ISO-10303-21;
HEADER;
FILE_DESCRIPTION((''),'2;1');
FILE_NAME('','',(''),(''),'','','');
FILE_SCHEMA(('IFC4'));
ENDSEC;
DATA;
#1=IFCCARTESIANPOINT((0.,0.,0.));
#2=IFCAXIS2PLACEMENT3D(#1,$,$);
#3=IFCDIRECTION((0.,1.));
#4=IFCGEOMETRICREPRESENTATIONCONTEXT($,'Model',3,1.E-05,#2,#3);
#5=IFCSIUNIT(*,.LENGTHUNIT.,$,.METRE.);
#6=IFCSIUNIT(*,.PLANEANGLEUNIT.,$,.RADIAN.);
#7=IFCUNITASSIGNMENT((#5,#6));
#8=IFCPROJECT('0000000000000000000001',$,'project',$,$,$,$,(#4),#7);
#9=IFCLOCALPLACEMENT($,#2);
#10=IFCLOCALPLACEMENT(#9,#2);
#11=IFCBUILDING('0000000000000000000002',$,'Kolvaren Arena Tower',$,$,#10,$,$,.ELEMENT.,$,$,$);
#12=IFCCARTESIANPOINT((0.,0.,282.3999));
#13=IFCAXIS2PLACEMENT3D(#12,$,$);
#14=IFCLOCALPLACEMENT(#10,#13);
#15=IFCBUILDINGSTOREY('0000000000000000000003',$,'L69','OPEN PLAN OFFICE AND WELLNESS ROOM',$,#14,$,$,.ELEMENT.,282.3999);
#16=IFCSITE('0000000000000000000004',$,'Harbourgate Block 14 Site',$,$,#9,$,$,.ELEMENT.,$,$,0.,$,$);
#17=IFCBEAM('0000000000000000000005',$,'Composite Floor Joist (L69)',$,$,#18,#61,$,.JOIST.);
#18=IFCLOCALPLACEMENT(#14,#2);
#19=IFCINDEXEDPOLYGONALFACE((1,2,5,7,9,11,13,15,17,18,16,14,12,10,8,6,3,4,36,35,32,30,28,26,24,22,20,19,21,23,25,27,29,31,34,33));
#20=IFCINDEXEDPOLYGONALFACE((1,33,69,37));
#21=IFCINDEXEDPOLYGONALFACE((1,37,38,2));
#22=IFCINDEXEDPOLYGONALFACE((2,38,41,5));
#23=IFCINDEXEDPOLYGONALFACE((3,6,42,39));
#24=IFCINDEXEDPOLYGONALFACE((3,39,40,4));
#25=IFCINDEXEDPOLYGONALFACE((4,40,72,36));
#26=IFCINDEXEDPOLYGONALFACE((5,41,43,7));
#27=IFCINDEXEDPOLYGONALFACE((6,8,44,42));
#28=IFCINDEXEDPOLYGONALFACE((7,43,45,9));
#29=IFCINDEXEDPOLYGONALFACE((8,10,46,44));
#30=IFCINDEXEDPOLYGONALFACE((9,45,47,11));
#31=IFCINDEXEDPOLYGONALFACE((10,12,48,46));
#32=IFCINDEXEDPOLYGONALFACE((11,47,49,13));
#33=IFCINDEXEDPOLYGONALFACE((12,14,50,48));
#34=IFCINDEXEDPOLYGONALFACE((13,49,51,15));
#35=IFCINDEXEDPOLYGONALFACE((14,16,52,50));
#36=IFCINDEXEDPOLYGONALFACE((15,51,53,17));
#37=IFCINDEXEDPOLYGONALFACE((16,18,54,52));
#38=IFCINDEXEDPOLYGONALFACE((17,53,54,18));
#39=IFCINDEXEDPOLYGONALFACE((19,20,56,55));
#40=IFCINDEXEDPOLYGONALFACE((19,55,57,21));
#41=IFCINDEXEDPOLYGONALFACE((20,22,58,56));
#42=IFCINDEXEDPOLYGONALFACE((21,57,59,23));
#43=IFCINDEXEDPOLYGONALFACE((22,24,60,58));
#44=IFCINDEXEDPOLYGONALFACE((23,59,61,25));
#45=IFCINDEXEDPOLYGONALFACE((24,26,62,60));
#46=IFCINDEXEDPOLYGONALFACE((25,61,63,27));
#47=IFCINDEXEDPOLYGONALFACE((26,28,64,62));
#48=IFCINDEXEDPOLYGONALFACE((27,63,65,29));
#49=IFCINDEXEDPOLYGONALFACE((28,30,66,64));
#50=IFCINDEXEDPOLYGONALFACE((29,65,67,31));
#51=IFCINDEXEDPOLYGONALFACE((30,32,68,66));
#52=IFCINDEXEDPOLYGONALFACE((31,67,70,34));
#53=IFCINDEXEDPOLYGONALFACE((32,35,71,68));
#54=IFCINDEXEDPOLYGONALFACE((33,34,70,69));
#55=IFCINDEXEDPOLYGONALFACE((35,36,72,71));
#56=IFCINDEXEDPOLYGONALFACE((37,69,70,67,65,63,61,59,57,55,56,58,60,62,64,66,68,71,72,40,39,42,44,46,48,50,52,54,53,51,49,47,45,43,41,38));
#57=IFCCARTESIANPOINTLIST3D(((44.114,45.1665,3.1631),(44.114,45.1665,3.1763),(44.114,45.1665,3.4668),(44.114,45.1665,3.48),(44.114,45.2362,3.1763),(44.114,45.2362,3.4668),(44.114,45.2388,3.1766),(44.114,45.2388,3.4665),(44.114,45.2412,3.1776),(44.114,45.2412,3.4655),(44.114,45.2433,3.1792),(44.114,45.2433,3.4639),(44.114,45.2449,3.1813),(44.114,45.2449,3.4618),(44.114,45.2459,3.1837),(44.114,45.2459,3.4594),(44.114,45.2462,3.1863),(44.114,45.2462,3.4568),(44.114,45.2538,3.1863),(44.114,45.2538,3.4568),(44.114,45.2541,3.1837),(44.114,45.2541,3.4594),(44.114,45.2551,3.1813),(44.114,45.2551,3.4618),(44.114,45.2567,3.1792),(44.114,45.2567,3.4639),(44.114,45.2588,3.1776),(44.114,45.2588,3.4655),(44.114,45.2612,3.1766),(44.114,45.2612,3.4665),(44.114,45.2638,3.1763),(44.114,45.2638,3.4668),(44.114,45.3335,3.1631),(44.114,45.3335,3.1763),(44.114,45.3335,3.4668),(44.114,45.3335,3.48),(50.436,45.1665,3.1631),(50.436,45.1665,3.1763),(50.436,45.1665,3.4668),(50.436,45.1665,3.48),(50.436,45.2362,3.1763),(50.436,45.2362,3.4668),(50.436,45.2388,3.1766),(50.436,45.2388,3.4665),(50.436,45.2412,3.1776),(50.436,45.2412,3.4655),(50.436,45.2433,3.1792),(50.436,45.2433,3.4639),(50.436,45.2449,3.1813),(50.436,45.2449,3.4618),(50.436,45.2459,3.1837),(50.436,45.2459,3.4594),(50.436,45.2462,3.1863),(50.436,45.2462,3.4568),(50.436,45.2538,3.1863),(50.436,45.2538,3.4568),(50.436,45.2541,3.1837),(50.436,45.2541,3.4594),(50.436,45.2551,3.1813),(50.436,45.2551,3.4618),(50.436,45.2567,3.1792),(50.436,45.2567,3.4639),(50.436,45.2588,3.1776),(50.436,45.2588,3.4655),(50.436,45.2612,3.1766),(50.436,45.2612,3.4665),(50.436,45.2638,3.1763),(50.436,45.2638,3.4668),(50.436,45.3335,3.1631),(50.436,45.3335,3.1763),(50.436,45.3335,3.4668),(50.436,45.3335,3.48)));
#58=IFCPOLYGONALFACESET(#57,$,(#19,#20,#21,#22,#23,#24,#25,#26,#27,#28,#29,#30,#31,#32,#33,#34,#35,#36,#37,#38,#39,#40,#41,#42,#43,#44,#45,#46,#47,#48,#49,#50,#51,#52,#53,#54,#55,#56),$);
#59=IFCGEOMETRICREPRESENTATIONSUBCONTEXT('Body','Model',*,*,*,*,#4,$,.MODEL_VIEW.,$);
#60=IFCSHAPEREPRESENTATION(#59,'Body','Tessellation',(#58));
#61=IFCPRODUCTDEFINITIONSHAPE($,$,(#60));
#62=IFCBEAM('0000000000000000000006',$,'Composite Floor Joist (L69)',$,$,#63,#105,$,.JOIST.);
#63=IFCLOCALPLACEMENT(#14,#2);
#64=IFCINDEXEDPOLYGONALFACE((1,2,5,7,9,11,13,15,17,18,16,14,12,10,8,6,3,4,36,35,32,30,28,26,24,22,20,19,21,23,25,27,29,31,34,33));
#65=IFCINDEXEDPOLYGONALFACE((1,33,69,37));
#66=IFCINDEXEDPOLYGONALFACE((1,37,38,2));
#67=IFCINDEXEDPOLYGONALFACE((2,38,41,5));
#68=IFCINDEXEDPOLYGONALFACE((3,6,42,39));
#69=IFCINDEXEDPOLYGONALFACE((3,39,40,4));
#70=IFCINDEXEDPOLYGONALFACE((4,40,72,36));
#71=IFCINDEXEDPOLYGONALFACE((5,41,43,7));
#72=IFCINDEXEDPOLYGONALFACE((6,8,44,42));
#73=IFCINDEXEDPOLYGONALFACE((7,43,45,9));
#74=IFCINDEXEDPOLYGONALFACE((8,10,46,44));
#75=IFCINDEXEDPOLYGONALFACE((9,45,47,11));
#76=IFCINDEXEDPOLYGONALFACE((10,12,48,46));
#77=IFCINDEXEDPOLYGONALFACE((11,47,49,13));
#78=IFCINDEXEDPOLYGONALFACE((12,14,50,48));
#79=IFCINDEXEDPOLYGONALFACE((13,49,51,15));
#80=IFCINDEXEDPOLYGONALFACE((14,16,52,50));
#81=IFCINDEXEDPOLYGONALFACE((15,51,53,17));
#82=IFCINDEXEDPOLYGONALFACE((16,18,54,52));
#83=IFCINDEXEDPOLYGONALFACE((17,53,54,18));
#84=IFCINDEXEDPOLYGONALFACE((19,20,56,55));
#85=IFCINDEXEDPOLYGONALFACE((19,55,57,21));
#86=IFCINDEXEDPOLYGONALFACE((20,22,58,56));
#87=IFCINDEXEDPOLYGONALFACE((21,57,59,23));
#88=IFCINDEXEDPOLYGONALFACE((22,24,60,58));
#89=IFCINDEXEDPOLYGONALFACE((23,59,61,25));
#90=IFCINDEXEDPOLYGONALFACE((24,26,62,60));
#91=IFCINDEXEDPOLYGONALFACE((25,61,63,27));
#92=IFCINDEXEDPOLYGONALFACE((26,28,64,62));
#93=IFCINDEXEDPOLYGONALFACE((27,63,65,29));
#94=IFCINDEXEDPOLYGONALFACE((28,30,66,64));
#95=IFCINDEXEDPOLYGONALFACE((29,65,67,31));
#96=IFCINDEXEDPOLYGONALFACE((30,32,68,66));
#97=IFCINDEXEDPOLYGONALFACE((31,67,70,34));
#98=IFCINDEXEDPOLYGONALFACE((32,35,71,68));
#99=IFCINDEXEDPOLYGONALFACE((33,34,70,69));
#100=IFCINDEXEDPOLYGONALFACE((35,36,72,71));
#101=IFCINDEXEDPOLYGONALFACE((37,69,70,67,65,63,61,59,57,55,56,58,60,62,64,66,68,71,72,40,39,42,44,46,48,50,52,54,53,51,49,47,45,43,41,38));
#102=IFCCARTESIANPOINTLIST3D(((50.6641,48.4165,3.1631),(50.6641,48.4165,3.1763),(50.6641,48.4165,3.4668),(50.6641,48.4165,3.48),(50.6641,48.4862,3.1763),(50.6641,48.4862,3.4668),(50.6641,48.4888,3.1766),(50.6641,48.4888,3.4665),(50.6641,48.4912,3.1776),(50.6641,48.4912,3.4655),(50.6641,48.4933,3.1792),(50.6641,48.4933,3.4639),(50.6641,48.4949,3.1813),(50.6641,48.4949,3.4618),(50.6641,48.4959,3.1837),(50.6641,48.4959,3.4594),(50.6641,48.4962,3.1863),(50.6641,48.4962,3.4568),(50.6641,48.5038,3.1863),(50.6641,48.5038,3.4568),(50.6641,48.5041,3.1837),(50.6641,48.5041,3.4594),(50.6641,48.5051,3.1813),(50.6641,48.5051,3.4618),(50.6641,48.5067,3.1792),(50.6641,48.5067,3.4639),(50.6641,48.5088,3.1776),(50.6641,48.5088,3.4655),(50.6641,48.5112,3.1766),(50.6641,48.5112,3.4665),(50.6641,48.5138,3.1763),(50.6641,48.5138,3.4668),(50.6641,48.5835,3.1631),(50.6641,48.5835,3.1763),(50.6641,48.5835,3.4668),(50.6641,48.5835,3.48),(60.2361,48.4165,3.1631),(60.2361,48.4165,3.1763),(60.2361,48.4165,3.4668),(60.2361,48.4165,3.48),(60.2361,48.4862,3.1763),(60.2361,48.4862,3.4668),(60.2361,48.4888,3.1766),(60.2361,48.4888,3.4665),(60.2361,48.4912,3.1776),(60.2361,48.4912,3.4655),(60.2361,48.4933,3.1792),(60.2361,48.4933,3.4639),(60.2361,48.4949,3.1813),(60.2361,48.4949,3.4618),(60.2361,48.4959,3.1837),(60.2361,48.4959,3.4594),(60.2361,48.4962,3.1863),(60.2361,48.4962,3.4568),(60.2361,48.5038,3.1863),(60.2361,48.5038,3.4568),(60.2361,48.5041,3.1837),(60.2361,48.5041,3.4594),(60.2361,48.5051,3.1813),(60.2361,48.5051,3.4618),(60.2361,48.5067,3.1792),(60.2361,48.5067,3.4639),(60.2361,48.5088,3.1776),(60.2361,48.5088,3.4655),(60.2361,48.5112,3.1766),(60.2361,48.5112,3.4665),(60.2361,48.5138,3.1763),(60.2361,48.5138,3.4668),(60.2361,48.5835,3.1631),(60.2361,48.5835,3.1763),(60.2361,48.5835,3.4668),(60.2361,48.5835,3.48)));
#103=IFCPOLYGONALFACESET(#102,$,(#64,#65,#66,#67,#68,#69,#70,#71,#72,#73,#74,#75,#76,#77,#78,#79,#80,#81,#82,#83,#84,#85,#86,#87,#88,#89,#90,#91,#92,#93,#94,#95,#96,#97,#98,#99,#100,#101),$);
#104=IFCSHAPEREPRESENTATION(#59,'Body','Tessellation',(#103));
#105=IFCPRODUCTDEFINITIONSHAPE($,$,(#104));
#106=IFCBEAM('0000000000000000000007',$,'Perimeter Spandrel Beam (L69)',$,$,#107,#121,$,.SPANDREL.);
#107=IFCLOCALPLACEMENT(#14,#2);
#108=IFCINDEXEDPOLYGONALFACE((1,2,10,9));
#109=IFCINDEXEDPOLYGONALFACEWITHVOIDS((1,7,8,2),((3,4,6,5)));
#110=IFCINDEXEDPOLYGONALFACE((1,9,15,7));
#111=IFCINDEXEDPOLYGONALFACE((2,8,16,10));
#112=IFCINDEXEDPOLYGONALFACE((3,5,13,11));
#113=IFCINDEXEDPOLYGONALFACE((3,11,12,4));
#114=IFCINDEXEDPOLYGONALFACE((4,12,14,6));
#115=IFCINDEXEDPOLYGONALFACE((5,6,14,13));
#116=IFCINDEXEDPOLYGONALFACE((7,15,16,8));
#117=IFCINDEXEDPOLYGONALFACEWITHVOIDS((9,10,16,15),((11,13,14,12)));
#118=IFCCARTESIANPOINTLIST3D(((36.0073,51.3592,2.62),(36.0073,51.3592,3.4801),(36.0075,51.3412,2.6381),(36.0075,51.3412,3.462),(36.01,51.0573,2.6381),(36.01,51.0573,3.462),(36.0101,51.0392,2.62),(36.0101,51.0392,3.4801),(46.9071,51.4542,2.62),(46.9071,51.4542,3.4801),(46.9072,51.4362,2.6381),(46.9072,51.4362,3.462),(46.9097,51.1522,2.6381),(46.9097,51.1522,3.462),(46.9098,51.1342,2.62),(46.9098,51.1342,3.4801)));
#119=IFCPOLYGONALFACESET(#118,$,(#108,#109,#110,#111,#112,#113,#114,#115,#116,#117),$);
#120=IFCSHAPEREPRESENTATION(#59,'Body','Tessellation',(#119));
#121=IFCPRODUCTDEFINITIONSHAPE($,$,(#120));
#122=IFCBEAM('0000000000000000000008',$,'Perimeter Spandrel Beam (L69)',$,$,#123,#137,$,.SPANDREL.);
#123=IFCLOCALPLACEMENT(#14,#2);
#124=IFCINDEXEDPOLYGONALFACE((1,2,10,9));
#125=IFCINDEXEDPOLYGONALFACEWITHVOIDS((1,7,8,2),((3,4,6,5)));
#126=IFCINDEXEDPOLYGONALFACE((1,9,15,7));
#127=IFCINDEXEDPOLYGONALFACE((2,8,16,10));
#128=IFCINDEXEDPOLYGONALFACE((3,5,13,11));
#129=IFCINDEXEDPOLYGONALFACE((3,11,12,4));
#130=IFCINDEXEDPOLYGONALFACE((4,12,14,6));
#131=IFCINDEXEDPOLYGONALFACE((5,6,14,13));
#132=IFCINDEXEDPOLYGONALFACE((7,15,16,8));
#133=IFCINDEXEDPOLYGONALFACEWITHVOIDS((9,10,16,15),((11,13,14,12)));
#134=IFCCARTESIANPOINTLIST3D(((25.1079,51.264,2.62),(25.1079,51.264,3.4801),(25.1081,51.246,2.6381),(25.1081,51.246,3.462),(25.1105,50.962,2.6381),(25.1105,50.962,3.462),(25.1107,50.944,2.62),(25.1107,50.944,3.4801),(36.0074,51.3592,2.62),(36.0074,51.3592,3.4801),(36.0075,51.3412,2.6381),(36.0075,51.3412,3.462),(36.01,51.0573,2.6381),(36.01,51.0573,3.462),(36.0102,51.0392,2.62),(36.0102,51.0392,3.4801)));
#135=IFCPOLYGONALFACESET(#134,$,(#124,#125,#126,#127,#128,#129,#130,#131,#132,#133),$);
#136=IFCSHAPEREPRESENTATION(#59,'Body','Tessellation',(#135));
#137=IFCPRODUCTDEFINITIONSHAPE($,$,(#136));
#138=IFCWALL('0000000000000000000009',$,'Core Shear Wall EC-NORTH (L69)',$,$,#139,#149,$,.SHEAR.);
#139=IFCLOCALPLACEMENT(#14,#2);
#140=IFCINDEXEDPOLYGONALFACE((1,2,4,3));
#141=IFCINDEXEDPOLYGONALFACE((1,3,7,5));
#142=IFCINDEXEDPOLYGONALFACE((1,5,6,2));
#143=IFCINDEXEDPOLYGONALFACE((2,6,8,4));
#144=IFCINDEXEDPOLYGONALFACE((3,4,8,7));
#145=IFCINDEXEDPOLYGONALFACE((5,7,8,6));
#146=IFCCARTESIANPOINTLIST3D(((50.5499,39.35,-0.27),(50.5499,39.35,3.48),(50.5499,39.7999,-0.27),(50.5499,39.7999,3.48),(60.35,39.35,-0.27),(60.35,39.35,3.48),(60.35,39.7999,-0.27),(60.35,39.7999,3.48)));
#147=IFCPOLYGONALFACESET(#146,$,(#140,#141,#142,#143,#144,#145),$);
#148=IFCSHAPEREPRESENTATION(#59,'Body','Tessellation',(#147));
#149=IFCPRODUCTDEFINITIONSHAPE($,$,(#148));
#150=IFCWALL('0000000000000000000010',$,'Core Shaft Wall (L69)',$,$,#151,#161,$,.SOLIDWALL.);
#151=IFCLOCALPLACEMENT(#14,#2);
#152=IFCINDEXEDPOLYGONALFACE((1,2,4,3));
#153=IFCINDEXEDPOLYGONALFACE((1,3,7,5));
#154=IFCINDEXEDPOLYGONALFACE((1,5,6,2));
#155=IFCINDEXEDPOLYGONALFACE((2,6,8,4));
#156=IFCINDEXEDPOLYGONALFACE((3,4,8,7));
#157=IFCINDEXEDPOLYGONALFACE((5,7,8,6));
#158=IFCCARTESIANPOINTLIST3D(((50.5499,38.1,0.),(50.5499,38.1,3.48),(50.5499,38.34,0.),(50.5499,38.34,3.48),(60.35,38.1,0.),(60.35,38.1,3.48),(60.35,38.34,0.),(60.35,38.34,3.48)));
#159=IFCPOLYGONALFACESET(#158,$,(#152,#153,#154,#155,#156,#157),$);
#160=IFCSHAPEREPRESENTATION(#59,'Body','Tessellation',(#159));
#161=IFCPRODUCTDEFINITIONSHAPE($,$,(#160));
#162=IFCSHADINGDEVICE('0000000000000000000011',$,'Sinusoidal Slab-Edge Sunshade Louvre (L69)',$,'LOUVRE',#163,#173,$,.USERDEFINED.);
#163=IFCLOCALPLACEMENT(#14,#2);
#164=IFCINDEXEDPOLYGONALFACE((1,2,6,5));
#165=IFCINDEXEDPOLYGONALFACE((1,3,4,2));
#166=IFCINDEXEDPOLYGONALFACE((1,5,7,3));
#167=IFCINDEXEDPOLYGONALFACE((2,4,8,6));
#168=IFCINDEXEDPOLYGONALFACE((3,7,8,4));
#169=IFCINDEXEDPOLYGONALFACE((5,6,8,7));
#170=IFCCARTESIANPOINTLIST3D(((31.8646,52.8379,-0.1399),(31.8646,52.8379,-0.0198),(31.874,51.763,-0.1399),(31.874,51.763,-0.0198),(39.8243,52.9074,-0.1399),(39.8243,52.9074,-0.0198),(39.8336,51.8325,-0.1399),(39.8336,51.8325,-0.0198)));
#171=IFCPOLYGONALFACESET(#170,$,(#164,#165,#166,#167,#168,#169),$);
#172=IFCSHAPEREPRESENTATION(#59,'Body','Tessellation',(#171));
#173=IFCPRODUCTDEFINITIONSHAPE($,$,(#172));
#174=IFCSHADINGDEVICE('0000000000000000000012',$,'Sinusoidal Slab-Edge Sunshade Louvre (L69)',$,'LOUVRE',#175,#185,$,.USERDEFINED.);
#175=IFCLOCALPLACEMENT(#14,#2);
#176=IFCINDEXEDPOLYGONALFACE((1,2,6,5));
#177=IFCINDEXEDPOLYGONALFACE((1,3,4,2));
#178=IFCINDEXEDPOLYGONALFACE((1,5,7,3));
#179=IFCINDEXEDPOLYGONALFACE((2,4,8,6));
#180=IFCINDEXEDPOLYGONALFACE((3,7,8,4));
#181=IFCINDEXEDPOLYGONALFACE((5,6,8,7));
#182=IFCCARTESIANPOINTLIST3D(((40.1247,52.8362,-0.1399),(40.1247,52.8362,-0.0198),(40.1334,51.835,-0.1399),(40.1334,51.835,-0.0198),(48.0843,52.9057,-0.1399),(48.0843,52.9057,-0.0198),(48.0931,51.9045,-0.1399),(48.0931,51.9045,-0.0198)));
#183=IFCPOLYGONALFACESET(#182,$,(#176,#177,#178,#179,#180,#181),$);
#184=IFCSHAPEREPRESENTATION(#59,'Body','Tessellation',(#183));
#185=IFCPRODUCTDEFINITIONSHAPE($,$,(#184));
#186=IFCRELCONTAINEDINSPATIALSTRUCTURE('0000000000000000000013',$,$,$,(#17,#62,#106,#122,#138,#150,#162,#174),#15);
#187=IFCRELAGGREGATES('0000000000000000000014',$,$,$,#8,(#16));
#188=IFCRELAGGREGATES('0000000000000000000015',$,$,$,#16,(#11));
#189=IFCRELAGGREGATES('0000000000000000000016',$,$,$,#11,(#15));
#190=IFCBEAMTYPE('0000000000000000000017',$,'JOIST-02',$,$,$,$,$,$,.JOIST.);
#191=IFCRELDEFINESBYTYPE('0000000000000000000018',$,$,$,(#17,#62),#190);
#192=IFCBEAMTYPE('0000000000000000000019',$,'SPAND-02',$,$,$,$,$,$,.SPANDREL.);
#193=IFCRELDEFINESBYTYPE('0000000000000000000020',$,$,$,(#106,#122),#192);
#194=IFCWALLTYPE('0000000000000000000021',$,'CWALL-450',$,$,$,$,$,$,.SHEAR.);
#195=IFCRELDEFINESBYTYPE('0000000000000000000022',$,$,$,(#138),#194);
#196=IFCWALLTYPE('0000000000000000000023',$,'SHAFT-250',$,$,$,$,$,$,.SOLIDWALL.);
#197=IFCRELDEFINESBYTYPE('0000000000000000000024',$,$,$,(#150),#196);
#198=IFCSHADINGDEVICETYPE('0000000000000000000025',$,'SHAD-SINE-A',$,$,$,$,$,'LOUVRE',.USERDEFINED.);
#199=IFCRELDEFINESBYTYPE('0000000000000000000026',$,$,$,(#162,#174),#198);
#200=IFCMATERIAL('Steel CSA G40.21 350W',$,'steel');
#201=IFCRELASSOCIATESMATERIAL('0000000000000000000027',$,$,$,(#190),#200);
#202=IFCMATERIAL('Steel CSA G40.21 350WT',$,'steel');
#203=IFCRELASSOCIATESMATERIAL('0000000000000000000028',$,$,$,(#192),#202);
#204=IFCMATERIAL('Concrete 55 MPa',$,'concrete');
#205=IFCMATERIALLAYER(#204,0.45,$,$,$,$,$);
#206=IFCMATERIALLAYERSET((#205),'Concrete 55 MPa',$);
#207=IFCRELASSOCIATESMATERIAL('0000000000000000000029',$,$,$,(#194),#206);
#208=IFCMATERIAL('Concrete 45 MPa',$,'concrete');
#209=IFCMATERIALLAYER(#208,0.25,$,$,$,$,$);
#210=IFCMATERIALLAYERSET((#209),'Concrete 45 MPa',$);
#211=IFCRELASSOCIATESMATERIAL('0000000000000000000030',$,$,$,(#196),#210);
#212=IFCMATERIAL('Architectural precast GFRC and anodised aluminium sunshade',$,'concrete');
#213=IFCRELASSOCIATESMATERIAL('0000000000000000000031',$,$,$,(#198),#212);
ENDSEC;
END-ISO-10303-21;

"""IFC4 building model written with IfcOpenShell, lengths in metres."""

from ifc_helpers import new_model, si_unit, direction, frame, frame_2d, origin, origin_2d, place, context, subcontext, project, spatial, rectangle, hollow_rectangle, i_section, extrude, material, layer, layer_set, material_profile, profile_set, type_object, element, save


model = new_model("IFC4")

# Units and contexts
model_context = context("Model", 3, precision=1e-05, world=origin(), true_north=direction((0.0, 1.0)))
body_context = subcontext(model_context, "Body", "Model", "MODEL_VIEW")
ifc_project = project(units=[si_unit("LENGTHUNIT", "METRE"), si_unit("PLANEANGLEUNIT", "RADIAN")], contexts=[model_context])

# Site, building, storey
site_placement = place(None, origin())
site = spatial("IfcSite", under=ifc_project, at=site_placement, Name="Harbourgate Block 14 Site", CompositionType="ELEMENT", RefElevation=0.0)
building_placement = place(site_placement, origin())
building = spatial("IfcBuilding", under=site, at=building_placement, Name="Kolvaren Arena Tower", CompositionType="ELEMENT")
storey_placement = place(building_placement, frame((0.0, 0.0, 282.3999)))
storey = spatial("IfcBuildingStorey", under=building, at=storey_placement, Name="L69", Description="OPEN PLAN OFFICE AND WELLNESS ROOM", CompositionType="ELEMENT", Elevation=282.3999)

# Beams
ifc_material_1 = material(Name="Steel CSA G40.21 350W", Category="steel")
ifc_material_profile_1 = material_profile(ifc_material_1, i_section(OverallWidth=0.167, OverallDepth=0.3169, WebThickness=0.0076, FlangeThickness=0.0132, FilletRadius=0.01, at=origin_2d()), Name="W310x52")
ifc_profile_set_1 = profile_set([ifc_material_profile_1], Name="Steel CSA G40.21 350W")
beam_type_1 = type_object("IfcBeamType", Name="JOIST-02", PredefinedType="JOIST", material=ifc_profile_set_1)
beam_1_placement = place(storey_placement, frame((44.114, 45.25, 3.3215), z_axis=(1.0, 0.0, 0.0), x_axis=(0.0, 1.0, 0.0)))
element("IfcBeam", 1, at=beam_1_placement, inside=storey, type_object=beam_type_1, Name="Composite Floor Joist (L69)", PredefinedType="JOIST", context=body_context, shape_type="SweptSolid", body=[
    extrude(i_section(OverallWidth=0.167, OverallDepth=0.3169, WebThickness=0.0076, FlangeThickness=0.0132, FilletRadius=0.01, at=origin_2d()), origin(), (0.0, 0.0, 1.0), 6.322),
])
beam_2_placement = place(storey_placement, frame((50.6641, 48.5, 3.3215), z_axis=(1.0, 0.0, 0.0), x_axis=(0.0, 1.0, 0.0)))
element("IfcBeam", 2, at=beam_2_placement, inside=storey, type_object=beam_type_1, Name="Composite Floor Joist (L69)", PredefinedType="JOIST", context=body_context, shape_type="SweptSolid", body=[
    extrude(i_section(OverallWidth=0.167, OverallDepth=0.3169, WebThickness=0.0076, FlangeThickness=0.0132, FilletRadius=0.01, at=origin_2d()), origin(), (0.0, 0.0, 1.0), 9.572),
])
ifc_material_2 = material(Name="Steel CSA G40.21 350WT", Category="steel")
ifc_material_profile_2 = material_profile(ifc_material_2, hollow_rectangle(XDim=0.3201, YDim=0.8601, WallThickness=0.0181, at=origin_2d()), Name="HSS 860x320x18")
ifc_profile_set_2 = profile_set([ifc_material_profile_2], Name="Steel CSA G40.21 350WT")
beam_type_2 = type_object("IfcBeamType", Name="SPAND-02", PredefinedType="SPANDREL", material=ifc_profile_set_2)
beam_3_placement = place(storey_placement, frame((46.9084, 51.2942, 3.05), z_axis=(-0.999962, -0.008713, 0.0), x_axis=(0.008713, -0.999962, 0.0)))
element("IfcBeam", 3, at=beam_3_placement, inside=storey, type_object=beam_type_2, Name="Perimeter Spandrel Beam (L69)", PredefinedType="SPANDREL", context=body_context, shape_type="SweptSolid", body=[
    extrude(hollow_rectangle(XDim=0.3201, YDim=0.8601, WallThickness=0.0181, at=origin_2d()), origin(), (0.0, 0.0, 1.0), 10.9001),
])
beam_4_placement = place(storey_placement, frame((36.0088, 51.1992, 3.05), z_axis=(-0.999962, -0.008735, 0.0), x_axis=(0.008735, -0.999962, 0.0)))
element("IfcBeam", 4, at=beam_4_placement, inside=storey, type_object=beam_type_2, Name="Perimeter Spandrel Beam (L69)", PredefinedType="SPANDREL", context=body_context, shape_type="SweptSolid", body=[
    extrude(hollow_rectangle(XDim=0.3201, YDim=0.8601, WallThickness=0.0181, at=origin_2d()), origin(), (0.0, 0.0, 1.0), 10.8999),
])

# Walls
ifc_material_3 = material(Name="Concrete 55 MPa", Category="concrete")
ifc_layer_1 = layer(ifc_material_3, 0.45)
ifc_layer_set_1 = layer_set([ifc_layer_1], Name="Concrete 55 MPa")
wall_type_1 = type_object("IfcWallType", Name="CWALL-450", PredefinedType="SHEAR", material=ifc_layer_set_1)
wall_1_placement = place(storey_placement, frame((50.55, 39.575, -0.27), z_axis=(0.0, 0.0, 1.0), x_axis=(1.0, 0.0, 0.0)))
element("IfcWall", 5, at=wall_1_placement, inside=storey, type_object=wall_type_1, Name="Core Shear Wall EC-NORTH (L69)", PredefinedType="SHEAR", context=body_context, shape_type="SweptSolid", body=[
    extrude(rectangle(XDim=9.8, YDim=0.45, at=frame_2d((4.8999, 0.0))), origin(), (0.0, 0.0, 1.0), 3.75),
])
ifc_material_4 = material(Name="Concrete 45 MPa", Category="concrete")
ifc_layer_2 = layer(ifc_material_4, 0.25)
ifc_layer_set_2 = layer_set([ifc_layer_2], Name="Concrete 45 MPa")
wall_type_2 = type_object("IfcWallType", Name="SHAFT-250", PredefinedType="SOLIDWALL", material=ifc_layer_set_2)
wall_2_placement = place(storey_placement, frame((50.55, 38.22, 0.0), z_axis=(0.0, 0.0, 1.0), x_axis=(1.0, 0.0, 0.0)))
element("IfcWall", 6, at=wall_2_placement, inside=storey, type_object=wall_type_2, Name="Core Shaft Wall (L69)", PredefinedType="SOLIDWALL", context=body_context, shape_type="SweptSolid", body=[
    extrude(rectangle(XDim=9.8, YDim=0.24, at=frame_2d((4.8999, 0.0))), origin(), (0.0, 0.0, 1.0), 3.48),
])

# Shading devices
ifc_material_5 = material(Name="Architectural precast GFRC and anodised aluminium sunshade", Category="concrete")
shading_device_type = type_object("IfcShadingDeviceType", Name="SHAD-SINE-A", ElementType="LOUVRE", PredefinedType="USERDEFINED", material=ifc_material_5)
shading_device_1_placement = place(storey_placement, frame((35.8491, 52.3352, -0.1399), z_axis=(0.0, 0.0, 1.0), x_axis=(0.999962, 0.008727, 0.0)))
element("IfcShadingDevice", 7, at=shading_device_1_placement, inside=storey, type_object=shading_device_type, Name="Sinusoidal Slab-Edge Sunshade Louvre (L69)", ObjectType="LOUVRE", PredefinedType="USERDEFINED", context=body_context, shape_type="SweptSolid", body=[
    extrude(rectangle(XDim=7.96, YDim=1.075, at=origin_2d()), origin(), (0.0, 0.0, 1.0), 0.1201),
])
shading_device_2_placement = place(storey_placement, frame((44.1089, 52.3704, -0.1399), z_axis=(0.0, 0.0, 1.0), x_axis=(0.999962, 0.008727, 0.0)))
element("IfcShadingDevice", 8, at=shading_device_2_placement, inside=storey, type_object=shading_device_type, Name="Sinusoidal Slab-Edge Sunshade Louvre (L69)", ObjectType="LOUVRE", PredefinedType="USERDEFINED", context=body_context, shape_type="SweptSolid", body=[
    extrude(rectangle(XDim=7.96, YDim=1.0012, at=origin_2d()), origin(), (0.0, 0.0, 1.0), 0.1201),
])

save(model, "model.ifc")
